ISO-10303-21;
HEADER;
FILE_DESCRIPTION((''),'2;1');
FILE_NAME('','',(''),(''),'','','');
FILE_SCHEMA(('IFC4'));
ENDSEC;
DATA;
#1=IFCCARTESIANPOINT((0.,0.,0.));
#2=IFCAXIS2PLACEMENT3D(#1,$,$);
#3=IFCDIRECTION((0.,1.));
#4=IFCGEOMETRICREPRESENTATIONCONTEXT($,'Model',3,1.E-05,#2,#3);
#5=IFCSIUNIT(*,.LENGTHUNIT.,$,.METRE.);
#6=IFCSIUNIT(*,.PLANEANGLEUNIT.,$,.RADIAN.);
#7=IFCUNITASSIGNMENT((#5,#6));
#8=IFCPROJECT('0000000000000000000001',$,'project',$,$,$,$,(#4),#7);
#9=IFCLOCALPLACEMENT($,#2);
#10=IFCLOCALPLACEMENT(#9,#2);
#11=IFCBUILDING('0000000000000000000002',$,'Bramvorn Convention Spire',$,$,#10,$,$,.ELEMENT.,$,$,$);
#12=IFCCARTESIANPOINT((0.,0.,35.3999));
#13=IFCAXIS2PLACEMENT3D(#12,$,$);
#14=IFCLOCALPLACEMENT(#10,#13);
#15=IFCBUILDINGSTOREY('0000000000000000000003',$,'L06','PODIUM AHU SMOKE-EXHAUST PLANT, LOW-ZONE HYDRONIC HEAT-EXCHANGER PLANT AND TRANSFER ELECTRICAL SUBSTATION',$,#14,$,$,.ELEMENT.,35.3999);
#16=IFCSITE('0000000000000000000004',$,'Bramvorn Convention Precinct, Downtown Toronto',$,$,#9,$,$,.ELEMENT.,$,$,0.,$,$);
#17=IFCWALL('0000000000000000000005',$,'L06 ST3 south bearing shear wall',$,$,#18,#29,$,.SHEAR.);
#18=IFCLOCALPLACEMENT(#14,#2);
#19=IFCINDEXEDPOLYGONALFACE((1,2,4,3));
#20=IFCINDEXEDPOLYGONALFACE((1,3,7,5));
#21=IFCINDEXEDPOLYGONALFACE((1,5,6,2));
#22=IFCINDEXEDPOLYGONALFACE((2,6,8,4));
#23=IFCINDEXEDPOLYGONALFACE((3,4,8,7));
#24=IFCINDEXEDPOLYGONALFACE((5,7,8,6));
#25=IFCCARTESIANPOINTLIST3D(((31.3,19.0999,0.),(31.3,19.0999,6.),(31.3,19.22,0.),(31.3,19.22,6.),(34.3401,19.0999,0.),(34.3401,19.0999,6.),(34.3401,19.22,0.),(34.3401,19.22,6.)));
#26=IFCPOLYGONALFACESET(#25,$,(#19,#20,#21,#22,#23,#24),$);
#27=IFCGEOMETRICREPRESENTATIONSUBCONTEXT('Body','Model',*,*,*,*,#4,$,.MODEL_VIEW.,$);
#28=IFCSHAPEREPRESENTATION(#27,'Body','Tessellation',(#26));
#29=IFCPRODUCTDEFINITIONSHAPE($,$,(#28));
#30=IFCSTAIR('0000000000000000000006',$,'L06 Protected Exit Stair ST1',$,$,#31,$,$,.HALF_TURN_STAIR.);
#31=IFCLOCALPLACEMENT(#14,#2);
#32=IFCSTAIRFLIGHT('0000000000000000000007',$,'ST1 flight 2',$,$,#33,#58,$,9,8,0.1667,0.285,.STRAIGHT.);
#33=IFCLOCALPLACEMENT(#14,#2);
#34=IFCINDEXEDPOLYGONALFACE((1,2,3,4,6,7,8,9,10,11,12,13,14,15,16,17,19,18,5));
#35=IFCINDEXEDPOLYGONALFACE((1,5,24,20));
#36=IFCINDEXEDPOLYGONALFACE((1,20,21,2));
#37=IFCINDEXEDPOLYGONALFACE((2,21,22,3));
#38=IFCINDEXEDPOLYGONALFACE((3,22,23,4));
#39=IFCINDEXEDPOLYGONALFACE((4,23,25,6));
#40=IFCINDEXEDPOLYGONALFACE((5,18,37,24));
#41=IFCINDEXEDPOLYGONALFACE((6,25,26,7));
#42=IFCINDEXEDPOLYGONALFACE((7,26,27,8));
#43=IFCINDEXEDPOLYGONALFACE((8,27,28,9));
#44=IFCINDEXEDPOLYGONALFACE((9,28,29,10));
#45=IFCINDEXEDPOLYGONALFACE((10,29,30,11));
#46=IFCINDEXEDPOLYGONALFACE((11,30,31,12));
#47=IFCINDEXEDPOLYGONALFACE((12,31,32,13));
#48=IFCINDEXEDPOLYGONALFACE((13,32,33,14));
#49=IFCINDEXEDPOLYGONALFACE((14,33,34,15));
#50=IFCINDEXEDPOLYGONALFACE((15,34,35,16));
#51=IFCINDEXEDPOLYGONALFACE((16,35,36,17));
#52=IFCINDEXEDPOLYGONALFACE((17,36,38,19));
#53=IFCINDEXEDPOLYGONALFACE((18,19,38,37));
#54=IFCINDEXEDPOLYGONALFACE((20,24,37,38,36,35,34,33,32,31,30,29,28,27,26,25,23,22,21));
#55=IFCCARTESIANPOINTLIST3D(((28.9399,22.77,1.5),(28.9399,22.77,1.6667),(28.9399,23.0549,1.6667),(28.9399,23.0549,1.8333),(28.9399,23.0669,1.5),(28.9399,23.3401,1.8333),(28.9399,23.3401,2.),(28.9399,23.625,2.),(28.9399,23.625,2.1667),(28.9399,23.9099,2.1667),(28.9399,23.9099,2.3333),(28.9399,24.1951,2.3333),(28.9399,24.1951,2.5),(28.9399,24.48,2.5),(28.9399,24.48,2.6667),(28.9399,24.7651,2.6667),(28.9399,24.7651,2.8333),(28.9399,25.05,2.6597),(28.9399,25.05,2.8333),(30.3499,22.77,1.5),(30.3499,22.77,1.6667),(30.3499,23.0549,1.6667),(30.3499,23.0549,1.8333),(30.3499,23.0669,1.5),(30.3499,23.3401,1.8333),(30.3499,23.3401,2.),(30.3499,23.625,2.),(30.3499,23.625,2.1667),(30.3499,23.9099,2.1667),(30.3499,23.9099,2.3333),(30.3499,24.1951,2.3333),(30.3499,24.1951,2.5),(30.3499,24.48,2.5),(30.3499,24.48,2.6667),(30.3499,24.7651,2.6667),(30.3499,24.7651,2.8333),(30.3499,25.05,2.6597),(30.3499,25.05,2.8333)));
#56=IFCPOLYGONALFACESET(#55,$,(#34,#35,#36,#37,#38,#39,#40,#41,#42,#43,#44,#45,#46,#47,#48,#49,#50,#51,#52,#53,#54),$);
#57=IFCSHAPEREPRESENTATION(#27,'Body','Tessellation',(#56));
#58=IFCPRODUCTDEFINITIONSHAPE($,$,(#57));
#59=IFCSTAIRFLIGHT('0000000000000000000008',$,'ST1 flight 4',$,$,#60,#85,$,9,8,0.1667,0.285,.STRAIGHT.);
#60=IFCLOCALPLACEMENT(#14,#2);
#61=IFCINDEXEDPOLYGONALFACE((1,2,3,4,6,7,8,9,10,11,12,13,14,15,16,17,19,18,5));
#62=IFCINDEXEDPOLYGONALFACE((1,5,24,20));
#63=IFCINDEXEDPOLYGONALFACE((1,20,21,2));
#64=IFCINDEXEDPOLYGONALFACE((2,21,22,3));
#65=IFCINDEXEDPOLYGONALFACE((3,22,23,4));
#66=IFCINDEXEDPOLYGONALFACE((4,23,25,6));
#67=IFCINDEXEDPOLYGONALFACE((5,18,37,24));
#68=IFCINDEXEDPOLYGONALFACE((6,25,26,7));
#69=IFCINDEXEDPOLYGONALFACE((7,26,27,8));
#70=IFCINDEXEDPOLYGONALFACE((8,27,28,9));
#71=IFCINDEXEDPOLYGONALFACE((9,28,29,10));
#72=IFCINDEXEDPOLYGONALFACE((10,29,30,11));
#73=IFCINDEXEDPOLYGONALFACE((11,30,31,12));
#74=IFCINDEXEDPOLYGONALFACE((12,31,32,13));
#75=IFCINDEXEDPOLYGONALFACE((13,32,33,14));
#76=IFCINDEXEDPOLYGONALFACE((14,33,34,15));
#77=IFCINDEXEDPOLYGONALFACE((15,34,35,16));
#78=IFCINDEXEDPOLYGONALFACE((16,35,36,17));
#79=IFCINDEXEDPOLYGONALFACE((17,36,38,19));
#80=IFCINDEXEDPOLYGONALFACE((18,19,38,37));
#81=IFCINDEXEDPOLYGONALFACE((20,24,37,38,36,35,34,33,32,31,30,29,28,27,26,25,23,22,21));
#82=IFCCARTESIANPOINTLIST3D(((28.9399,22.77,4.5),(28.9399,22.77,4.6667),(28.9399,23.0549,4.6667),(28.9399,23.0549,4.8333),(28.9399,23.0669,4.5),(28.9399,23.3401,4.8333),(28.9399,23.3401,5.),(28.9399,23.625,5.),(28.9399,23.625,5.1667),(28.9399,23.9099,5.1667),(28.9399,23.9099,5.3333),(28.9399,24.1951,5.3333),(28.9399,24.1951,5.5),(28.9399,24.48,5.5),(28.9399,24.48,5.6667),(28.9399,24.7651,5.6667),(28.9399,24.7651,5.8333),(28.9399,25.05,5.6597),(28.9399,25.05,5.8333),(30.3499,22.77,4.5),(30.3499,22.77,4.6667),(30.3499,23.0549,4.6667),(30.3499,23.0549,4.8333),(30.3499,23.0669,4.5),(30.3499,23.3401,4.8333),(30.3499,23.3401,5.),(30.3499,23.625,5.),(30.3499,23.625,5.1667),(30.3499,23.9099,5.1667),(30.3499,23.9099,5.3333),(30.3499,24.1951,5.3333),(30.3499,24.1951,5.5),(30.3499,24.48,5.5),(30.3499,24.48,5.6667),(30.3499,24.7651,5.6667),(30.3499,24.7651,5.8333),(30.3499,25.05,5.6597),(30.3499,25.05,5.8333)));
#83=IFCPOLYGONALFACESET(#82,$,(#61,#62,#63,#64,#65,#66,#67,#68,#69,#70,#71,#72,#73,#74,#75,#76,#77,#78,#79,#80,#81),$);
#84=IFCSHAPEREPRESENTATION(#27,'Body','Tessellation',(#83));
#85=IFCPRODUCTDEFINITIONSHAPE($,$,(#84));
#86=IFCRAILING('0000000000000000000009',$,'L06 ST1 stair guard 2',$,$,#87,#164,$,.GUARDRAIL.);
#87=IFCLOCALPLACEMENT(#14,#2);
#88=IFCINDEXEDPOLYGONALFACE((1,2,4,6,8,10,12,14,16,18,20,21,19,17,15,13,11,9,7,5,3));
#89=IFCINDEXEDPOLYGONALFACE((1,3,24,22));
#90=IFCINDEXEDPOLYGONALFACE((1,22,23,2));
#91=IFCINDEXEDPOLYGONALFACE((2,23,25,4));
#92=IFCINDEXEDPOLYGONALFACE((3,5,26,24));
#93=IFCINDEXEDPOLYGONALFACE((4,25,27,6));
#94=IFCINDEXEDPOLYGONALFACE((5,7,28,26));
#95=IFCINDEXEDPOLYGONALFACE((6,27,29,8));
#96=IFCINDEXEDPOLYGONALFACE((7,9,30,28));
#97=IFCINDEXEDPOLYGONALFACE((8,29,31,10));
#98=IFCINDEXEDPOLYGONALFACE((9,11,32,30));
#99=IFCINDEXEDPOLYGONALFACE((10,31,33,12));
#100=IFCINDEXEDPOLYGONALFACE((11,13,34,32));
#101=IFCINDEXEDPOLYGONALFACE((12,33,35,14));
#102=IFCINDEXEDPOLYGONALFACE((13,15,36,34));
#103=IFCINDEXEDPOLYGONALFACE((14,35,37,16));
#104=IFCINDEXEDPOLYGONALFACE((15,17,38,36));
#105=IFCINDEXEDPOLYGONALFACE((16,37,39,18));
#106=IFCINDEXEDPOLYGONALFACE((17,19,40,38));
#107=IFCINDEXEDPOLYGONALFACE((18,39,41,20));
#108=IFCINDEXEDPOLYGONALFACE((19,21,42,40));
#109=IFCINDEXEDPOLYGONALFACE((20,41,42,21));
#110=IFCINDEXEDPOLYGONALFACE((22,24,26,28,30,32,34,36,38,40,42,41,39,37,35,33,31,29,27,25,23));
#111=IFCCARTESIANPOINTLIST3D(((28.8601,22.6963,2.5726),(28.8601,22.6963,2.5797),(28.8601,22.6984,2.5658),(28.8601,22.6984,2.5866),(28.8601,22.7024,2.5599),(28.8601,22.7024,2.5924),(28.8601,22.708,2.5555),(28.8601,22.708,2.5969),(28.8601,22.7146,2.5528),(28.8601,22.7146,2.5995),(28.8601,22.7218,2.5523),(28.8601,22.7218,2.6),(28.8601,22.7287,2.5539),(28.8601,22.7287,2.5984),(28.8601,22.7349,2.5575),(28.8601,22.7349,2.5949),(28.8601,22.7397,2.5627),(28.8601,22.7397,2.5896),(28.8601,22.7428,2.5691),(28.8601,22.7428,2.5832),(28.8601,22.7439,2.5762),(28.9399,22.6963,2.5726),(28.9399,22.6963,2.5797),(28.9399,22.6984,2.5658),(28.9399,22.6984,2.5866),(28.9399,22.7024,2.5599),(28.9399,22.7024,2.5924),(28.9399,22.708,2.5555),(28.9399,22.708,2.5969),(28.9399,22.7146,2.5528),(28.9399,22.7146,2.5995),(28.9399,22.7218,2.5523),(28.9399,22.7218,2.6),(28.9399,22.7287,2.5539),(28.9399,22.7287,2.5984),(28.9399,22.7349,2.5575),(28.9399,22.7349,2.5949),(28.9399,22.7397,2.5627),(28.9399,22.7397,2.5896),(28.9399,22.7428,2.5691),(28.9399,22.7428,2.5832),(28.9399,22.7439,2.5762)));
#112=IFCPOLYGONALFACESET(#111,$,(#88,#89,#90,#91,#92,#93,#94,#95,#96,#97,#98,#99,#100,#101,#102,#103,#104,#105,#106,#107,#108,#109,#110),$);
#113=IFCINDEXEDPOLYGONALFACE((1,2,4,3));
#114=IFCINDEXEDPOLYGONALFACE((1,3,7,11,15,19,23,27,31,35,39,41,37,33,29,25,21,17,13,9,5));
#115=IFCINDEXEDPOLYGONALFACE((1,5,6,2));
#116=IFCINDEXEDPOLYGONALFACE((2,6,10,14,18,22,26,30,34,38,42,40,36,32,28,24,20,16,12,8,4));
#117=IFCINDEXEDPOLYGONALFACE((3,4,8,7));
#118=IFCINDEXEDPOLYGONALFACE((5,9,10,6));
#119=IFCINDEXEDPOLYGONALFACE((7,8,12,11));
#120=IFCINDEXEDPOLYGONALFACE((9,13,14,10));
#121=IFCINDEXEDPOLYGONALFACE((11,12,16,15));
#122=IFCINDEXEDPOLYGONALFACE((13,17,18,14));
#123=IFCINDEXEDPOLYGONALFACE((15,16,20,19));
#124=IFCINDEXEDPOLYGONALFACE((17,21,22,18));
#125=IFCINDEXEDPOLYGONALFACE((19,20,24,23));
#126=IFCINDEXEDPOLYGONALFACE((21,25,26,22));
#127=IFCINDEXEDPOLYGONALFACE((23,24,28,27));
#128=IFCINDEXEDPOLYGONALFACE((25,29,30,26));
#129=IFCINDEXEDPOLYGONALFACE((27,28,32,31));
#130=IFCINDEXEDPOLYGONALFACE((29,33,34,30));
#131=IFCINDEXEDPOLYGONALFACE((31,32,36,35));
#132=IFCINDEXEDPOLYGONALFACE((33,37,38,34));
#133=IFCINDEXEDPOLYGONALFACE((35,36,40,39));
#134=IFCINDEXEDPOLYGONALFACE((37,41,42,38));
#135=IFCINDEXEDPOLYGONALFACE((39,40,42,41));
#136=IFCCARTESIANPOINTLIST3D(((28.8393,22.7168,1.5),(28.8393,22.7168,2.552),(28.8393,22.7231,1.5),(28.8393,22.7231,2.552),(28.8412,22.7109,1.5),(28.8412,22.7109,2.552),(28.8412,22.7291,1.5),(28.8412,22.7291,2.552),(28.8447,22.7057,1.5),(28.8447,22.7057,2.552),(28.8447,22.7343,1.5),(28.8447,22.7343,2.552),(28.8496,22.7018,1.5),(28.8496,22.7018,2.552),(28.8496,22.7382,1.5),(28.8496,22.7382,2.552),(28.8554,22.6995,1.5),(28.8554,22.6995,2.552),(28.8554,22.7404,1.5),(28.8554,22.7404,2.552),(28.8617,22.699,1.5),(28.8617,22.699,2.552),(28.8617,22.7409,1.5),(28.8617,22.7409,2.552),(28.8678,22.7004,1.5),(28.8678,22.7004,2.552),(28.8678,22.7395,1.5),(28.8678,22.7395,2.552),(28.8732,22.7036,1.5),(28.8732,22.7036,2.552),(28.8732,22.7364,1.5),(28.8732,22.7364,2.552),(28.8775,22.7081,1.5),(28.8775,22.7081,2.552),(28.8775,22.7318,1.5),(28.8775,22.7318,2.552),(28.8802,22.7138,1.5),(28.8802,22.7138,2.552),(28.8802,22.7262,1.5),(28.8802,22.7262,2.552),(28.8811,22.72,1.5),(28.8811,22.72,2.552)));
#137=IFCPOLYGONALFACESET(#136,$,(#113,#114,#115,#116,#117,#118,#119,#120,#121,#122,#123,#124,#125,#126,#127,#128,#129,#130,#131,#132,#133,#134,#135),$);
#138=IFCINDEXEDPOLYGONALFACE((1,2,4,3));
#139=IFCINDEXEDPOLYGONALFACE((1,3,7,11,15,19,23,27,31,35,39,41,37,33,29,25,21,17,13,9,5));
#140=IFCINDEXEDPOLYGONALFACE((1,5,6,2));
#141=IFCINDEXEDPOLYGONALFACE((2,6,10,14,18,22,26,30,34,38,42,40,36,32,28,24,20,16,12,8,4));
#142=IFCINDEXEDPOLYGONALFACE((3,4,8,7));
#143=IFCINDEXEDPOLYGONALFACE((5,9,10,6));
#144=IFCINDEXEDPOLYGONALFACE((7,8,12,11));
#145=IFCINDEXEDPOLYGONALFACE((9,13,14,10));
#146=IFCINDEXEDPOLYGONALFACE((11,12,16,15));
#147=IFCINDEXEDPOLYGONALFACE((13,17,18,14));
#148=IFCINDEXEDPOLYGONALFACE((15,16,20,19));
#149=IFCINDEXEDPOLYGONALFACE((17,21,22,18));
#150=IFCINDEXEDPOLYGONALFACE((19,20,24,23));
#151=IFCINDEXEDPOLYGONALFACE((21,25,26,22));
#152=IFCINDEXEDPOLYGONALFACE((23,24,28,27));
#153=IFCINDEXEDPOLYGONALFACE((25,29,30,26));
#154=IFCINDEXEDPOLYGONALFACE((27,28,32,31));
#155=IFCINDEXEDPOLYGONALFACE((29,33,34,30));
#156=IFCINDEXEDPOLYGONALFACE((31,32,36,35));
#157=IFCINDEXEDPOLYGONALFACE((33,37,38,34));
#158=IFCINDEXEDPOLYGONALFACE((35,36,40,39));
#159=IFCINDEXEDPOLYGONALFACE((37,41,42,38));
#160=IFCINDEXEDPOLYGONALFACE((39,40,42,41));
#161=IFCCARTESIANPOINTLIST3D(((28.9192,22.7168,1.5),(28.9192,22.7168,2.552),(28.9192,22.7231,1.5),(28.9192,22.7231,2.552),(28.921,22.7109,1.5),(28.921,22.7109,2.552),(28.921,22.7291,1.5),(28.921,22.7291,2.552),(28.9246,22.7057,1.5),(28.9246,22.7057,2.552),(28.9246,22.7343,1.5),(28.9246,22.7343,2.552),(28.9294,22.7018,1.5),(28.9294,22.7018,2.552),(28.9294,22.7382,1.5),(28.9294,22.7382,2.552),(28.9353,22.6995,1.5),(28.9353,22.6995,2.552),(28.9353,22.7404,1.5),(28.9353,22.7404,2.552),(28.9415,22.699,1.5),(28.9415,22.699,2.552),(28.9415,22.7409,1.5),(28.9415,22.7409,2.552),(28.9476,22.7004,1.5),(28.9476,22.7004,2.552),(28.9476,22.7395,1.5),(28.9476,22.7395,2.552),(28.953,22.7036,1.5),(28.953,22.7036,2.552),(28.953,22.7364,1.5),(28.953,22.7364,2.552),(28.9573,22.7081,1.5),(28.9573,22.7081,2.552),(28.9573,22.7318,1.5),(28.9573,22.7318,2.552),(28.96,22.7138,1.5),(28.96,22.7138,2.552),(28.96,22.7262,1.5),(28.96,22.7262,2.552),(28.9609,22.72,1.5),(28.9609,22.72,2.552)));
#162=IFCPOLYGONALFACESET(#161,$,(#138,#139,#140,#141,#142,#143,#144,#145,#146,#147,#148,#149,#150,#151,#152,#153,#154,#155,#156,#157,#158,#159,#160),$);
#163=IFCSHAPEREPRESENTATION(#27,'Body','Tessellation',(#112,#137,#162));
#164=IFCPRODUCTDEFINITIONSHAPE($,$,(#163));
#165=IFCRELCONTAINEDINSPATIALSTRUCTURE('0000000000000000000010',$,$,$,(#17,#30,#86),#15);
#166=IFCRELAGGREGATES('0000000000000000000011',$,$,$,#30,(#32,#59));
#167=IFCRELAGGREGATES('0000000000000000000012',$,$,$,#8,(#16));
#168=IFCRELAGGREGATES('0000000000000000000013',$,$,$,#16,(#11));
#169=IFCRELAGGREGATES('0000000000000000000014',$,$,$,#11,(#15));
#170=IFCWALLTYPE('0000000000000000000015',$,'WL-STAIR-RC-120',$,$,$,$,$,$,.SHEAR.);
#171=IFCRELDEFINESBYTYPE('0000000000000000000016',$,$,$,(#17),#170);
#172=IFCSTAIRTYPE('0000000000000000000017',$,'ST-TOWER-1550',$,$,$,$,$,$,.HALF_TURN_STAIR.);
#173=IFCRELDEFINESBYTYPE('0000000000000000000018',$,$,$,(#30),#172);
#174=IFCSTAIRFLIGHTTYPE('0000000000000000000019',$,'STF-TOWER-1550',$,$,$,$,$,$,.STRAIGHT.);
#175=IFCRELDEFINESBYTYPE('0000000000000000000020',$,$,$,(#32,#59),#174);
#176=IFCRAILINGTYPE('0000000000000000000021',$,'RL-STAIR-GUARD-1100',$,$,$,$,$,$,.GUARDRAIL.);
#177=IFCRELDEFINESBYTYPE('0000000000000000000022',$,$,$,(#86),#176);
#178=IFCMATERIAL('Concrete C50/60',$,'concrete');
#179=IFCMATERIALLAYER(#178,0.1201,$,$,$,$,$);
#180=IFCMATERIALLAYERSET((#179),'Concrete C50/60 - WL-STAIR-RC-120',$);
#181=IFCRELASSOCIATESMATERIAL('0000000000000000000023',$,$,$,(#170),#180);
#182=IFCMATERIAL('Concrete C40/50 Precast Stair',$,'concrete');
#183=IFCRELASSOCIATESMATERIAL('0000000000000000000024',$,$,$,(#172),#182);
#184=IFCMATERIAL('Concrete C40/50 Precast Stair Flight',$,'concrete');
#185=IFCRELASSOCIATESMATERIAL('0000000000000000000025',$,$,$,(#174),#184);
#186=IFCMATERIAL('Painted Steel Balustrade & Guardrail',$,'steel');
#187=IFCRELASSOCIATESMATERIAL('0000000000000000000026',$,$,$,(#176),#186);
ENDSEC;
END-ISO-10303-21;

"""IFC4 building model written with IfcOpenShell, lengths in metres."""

from ifc_helpers import new_model, si_unit, direction, frame, frame_2d, origin, origin_2d, place, context, subcontext, project, spatial, polyline, rectangle, circle, outline, extrude, material, layer, layer_set, type_object, element, aggregate, save


model = new_model("IFC4")

# Units and contexts
model_context = context("Model", 3, precision=1e-05, world=origin(), true_north=direction((0.0, 1.0)))
body_context = subcontext(model_context, "Body", "Model", "MODEL_VIEW")
ifc_project = project(units=[si_unit("LENGTHUNIT", "METRE"), si_unit("PLANEANGLEUNIT", "RADIAN")], contexts=[model_context])

# Site, building, storey
site_placement = place(None, origin())
site = spatial("IfcSite", under=ifc_project, at=site_placement, Name="Bramvorn Convention Precinct, Downtown Toronto", CompositionType="ELEMENT", RefElevation=0.0)
building_placement = place(site_placement, origin())
building = spatial("IfcBuilding", under=site, at=building_placement, Name="Bramvorn Convention Spire", CompositionType="ELEMENT")
storey_placement = place(building_placement, frame((0.0, 0.0, 35.3999)))
storey = spatial("IfcBuildingStorey", under=building, at=storey_placement, Name="L06", Description="PODIUM AHU SMOKE-EXHAUST PLANT, LOW-ZONE HYDRONIC HEAT-EXCHANGER PLANT AND TRANSFER ELECTRICAL SUBSTATION", CompositionType="ELEMENT", Elevation=35.3999)

# Wall
ifc_material_1 = material(Name="Concrete C50/60", Category="concrete")
ifc_layer_1 = layer(ifc_material_1, 0.1201)
ifc_layer_set_1 = layer_set([ifc_layer_1], Name="Concrete C50/60 - WL-STAIR-RC-120")
wall_type_1 = type_object("IfcWallType", Name="WL-STAIR-RC-120", PredefinedType="SHEAR", material=ifc_layer_set_1)
wall_1_placement = place(storey_placement, frame((31.3, 19.1599, 0.0), z_axis=(0.0, 0.0, 1.0), x_axis=(1.0, 0.0, 0.0)))
element("IfcWall", 1, at=wall_1_placement, inside=storey, type_object=wall_type_1, Name="L06 ST3 south bearing shear wall", PredefinedType="SHEAR", context=body_context, shape_type="SweptSolid", body=[
    extrude(rectangle(XDim=3.04, YDim=0.1201, at=frame_2d((1.52, 0.0))), origin(), (0.0, 0.0, 1.0), 6.0),
])

# Stair, stair flights
ifc_material_2 = material(Name="Concrete C40/50 Precast Stair", Category="concrete")
stair_type = type_object("IfcStairType", Name="ST-TOWER-1550", PredefinedType="HALF_TURN_STAIR", material=ifc_material_2)
stair_placement = place(storey_placement, origin())
stair = element("IfcStair", 2, at=stair_placement, inside=storey, type_object=stair_type, Name="L06 Protected Exit Stair ST1", PredefinedType="HALF_TURN_STAIR")
ifc_material_3 = material(Name="Concrete C40/50 Precast Stair Flight", Category="concrete")
stair_flight_type = type_object("IfcStairFlightType", Name="STF-TOWER-1550", PredefinedType="STRAIGHT", material=ifc_material_3)
stair_flight_1_placement = place(storey_placement, frame((29.645, 22.77, 1.5), z_axis=(0.0, 0.0, 1.0), x_axis=(0.0, 1.0, 0.0)))
stair_flight_1 = element("IfcStairFlight", 3, at=stair_flight_1_placement, type_object=stair_flight_type, Name="ST1 flight 2", NumberOfRisers=9, NumberOfTreads=8, PredefinedType="STRAIGHT", RiserHeight=0.1667, TreadLength=0.285, context=body_context, shape_type="SweptSolid", body=[
    extrude(outline(polyline([(0.0, 0.0), (0.0, 0.1667), (0.2849, 0.1667), (0.2849, 0.3333), (0.5701, 0.3333), (0.5701, 0.5), (0.855, 0.5), (0.855, 0.6667), (1.1399, 0.6667), (1.1399, 0.8333), (1.425, 0.8333), (1.425, 1.0), (1.71, 1.0), (1.71, 1.1667), (1.9951, 1.1667), (1.9951, 1.3333), (2.28, 1.3333), (2.28, 1.5), (2.28, 1.1597), (0.2969, 0.0), (0.0, 0.0)])), frame((0.0, 0.7051, 0.0), z_axis=(0.0, -1.0, 0.0), x_axis=(1.0, 0.0, 0.0)), (0.0, 0.0, 1.0), 1.4099),
])
stair_flight_2_placement = place(storey_placement, frame((29.645, 22.77, 4.5), z_axis=(0.0, 0.0, 1.0), x_axis=(0.0, 1.0, 0.0)))
stair_flight_2 = element("IfcStairFlight", 4, at=stair_flight_2_placement, type_object=stair_flight_type, Name="ST1 flight 4", NumberOfRisers=9, NumberOfTreads=8, PredefinedType="STRAIGHT", RiserHeight=0.1667, TreadLength=0.285, context=body_context, shape_type="SweptSolid", body=[
    extrude(outline(polyline([(0.0, 0.0), (0.0, 0.1667), (0.2849, 0.1667), (0.2849, 0.3333), (0.5701, 0.3333), (0.5701, 0.5), (0.855, 0.5), (0.855, 0.6667), (1.1399, 0.6667), (1.1399, 0.8333), (1.425, 0.8333), (1.425, 1.0), (1.71, 1.0), (1.71, 1.1667), (1.9951, 1.1667), (1.9951, 1.3333), (2.28, 1.3333), (2.28, 1.5), (2.28, 1.1597), (0.2969, 0.0), (0.0, 0.0)])), frame((0.0, 0.7051, 0.0), z_axis=(0.0, -1.0, 0.0), x_axis=(1.0, 0.0, 0.0)), (0.0, 0.0, 1.0), 1.4099),
])
aggregate(stair, [stair_flight_1, stair_flight_2])

# Railing
ifc_material_4 = material(Name="Painted Steel Balustrade & Guardrail", Category="steel")
railing_type_1 = type_object("IfcRailingType", Name="RL-STAIR-GUARD-1100", PredefinedType="GUARDRAIL", material=ifc_material_4)
railing_1_placement = place(storey_placement, frame((28.8601, 22.72, 1.5)))
element("IfcRailing", 5, at=railing_1_placement, inside=storey, type_object=railing_type_1, Name="L06 ST1 stair guard 2", PredefinedType="GUARDRAIL", context=body_context, shape_type="SweptSolid", body=[
    extrude(circle(Radius=0.0239, at=origin_2d()), frame((0.0, 0.0, 1.0762), z_axis=(1.0, 0.0, 0.0), x_axis=(0.0, 1.0, 0.0)), (0.0, 0.0, 1.0), 0.0798),
    extrude(circle(Radius=0.021, at=origin_2d()), origin(), (0.0, 0.0, 1.0), 1.052),
    extrude(circle(Radius=0.021, at=origin_2d()), frame((0.0798, 0.0, 0.0)), (0.0, 0.0, 1.0), 1.052),
])

save(model, "model.ifc")
